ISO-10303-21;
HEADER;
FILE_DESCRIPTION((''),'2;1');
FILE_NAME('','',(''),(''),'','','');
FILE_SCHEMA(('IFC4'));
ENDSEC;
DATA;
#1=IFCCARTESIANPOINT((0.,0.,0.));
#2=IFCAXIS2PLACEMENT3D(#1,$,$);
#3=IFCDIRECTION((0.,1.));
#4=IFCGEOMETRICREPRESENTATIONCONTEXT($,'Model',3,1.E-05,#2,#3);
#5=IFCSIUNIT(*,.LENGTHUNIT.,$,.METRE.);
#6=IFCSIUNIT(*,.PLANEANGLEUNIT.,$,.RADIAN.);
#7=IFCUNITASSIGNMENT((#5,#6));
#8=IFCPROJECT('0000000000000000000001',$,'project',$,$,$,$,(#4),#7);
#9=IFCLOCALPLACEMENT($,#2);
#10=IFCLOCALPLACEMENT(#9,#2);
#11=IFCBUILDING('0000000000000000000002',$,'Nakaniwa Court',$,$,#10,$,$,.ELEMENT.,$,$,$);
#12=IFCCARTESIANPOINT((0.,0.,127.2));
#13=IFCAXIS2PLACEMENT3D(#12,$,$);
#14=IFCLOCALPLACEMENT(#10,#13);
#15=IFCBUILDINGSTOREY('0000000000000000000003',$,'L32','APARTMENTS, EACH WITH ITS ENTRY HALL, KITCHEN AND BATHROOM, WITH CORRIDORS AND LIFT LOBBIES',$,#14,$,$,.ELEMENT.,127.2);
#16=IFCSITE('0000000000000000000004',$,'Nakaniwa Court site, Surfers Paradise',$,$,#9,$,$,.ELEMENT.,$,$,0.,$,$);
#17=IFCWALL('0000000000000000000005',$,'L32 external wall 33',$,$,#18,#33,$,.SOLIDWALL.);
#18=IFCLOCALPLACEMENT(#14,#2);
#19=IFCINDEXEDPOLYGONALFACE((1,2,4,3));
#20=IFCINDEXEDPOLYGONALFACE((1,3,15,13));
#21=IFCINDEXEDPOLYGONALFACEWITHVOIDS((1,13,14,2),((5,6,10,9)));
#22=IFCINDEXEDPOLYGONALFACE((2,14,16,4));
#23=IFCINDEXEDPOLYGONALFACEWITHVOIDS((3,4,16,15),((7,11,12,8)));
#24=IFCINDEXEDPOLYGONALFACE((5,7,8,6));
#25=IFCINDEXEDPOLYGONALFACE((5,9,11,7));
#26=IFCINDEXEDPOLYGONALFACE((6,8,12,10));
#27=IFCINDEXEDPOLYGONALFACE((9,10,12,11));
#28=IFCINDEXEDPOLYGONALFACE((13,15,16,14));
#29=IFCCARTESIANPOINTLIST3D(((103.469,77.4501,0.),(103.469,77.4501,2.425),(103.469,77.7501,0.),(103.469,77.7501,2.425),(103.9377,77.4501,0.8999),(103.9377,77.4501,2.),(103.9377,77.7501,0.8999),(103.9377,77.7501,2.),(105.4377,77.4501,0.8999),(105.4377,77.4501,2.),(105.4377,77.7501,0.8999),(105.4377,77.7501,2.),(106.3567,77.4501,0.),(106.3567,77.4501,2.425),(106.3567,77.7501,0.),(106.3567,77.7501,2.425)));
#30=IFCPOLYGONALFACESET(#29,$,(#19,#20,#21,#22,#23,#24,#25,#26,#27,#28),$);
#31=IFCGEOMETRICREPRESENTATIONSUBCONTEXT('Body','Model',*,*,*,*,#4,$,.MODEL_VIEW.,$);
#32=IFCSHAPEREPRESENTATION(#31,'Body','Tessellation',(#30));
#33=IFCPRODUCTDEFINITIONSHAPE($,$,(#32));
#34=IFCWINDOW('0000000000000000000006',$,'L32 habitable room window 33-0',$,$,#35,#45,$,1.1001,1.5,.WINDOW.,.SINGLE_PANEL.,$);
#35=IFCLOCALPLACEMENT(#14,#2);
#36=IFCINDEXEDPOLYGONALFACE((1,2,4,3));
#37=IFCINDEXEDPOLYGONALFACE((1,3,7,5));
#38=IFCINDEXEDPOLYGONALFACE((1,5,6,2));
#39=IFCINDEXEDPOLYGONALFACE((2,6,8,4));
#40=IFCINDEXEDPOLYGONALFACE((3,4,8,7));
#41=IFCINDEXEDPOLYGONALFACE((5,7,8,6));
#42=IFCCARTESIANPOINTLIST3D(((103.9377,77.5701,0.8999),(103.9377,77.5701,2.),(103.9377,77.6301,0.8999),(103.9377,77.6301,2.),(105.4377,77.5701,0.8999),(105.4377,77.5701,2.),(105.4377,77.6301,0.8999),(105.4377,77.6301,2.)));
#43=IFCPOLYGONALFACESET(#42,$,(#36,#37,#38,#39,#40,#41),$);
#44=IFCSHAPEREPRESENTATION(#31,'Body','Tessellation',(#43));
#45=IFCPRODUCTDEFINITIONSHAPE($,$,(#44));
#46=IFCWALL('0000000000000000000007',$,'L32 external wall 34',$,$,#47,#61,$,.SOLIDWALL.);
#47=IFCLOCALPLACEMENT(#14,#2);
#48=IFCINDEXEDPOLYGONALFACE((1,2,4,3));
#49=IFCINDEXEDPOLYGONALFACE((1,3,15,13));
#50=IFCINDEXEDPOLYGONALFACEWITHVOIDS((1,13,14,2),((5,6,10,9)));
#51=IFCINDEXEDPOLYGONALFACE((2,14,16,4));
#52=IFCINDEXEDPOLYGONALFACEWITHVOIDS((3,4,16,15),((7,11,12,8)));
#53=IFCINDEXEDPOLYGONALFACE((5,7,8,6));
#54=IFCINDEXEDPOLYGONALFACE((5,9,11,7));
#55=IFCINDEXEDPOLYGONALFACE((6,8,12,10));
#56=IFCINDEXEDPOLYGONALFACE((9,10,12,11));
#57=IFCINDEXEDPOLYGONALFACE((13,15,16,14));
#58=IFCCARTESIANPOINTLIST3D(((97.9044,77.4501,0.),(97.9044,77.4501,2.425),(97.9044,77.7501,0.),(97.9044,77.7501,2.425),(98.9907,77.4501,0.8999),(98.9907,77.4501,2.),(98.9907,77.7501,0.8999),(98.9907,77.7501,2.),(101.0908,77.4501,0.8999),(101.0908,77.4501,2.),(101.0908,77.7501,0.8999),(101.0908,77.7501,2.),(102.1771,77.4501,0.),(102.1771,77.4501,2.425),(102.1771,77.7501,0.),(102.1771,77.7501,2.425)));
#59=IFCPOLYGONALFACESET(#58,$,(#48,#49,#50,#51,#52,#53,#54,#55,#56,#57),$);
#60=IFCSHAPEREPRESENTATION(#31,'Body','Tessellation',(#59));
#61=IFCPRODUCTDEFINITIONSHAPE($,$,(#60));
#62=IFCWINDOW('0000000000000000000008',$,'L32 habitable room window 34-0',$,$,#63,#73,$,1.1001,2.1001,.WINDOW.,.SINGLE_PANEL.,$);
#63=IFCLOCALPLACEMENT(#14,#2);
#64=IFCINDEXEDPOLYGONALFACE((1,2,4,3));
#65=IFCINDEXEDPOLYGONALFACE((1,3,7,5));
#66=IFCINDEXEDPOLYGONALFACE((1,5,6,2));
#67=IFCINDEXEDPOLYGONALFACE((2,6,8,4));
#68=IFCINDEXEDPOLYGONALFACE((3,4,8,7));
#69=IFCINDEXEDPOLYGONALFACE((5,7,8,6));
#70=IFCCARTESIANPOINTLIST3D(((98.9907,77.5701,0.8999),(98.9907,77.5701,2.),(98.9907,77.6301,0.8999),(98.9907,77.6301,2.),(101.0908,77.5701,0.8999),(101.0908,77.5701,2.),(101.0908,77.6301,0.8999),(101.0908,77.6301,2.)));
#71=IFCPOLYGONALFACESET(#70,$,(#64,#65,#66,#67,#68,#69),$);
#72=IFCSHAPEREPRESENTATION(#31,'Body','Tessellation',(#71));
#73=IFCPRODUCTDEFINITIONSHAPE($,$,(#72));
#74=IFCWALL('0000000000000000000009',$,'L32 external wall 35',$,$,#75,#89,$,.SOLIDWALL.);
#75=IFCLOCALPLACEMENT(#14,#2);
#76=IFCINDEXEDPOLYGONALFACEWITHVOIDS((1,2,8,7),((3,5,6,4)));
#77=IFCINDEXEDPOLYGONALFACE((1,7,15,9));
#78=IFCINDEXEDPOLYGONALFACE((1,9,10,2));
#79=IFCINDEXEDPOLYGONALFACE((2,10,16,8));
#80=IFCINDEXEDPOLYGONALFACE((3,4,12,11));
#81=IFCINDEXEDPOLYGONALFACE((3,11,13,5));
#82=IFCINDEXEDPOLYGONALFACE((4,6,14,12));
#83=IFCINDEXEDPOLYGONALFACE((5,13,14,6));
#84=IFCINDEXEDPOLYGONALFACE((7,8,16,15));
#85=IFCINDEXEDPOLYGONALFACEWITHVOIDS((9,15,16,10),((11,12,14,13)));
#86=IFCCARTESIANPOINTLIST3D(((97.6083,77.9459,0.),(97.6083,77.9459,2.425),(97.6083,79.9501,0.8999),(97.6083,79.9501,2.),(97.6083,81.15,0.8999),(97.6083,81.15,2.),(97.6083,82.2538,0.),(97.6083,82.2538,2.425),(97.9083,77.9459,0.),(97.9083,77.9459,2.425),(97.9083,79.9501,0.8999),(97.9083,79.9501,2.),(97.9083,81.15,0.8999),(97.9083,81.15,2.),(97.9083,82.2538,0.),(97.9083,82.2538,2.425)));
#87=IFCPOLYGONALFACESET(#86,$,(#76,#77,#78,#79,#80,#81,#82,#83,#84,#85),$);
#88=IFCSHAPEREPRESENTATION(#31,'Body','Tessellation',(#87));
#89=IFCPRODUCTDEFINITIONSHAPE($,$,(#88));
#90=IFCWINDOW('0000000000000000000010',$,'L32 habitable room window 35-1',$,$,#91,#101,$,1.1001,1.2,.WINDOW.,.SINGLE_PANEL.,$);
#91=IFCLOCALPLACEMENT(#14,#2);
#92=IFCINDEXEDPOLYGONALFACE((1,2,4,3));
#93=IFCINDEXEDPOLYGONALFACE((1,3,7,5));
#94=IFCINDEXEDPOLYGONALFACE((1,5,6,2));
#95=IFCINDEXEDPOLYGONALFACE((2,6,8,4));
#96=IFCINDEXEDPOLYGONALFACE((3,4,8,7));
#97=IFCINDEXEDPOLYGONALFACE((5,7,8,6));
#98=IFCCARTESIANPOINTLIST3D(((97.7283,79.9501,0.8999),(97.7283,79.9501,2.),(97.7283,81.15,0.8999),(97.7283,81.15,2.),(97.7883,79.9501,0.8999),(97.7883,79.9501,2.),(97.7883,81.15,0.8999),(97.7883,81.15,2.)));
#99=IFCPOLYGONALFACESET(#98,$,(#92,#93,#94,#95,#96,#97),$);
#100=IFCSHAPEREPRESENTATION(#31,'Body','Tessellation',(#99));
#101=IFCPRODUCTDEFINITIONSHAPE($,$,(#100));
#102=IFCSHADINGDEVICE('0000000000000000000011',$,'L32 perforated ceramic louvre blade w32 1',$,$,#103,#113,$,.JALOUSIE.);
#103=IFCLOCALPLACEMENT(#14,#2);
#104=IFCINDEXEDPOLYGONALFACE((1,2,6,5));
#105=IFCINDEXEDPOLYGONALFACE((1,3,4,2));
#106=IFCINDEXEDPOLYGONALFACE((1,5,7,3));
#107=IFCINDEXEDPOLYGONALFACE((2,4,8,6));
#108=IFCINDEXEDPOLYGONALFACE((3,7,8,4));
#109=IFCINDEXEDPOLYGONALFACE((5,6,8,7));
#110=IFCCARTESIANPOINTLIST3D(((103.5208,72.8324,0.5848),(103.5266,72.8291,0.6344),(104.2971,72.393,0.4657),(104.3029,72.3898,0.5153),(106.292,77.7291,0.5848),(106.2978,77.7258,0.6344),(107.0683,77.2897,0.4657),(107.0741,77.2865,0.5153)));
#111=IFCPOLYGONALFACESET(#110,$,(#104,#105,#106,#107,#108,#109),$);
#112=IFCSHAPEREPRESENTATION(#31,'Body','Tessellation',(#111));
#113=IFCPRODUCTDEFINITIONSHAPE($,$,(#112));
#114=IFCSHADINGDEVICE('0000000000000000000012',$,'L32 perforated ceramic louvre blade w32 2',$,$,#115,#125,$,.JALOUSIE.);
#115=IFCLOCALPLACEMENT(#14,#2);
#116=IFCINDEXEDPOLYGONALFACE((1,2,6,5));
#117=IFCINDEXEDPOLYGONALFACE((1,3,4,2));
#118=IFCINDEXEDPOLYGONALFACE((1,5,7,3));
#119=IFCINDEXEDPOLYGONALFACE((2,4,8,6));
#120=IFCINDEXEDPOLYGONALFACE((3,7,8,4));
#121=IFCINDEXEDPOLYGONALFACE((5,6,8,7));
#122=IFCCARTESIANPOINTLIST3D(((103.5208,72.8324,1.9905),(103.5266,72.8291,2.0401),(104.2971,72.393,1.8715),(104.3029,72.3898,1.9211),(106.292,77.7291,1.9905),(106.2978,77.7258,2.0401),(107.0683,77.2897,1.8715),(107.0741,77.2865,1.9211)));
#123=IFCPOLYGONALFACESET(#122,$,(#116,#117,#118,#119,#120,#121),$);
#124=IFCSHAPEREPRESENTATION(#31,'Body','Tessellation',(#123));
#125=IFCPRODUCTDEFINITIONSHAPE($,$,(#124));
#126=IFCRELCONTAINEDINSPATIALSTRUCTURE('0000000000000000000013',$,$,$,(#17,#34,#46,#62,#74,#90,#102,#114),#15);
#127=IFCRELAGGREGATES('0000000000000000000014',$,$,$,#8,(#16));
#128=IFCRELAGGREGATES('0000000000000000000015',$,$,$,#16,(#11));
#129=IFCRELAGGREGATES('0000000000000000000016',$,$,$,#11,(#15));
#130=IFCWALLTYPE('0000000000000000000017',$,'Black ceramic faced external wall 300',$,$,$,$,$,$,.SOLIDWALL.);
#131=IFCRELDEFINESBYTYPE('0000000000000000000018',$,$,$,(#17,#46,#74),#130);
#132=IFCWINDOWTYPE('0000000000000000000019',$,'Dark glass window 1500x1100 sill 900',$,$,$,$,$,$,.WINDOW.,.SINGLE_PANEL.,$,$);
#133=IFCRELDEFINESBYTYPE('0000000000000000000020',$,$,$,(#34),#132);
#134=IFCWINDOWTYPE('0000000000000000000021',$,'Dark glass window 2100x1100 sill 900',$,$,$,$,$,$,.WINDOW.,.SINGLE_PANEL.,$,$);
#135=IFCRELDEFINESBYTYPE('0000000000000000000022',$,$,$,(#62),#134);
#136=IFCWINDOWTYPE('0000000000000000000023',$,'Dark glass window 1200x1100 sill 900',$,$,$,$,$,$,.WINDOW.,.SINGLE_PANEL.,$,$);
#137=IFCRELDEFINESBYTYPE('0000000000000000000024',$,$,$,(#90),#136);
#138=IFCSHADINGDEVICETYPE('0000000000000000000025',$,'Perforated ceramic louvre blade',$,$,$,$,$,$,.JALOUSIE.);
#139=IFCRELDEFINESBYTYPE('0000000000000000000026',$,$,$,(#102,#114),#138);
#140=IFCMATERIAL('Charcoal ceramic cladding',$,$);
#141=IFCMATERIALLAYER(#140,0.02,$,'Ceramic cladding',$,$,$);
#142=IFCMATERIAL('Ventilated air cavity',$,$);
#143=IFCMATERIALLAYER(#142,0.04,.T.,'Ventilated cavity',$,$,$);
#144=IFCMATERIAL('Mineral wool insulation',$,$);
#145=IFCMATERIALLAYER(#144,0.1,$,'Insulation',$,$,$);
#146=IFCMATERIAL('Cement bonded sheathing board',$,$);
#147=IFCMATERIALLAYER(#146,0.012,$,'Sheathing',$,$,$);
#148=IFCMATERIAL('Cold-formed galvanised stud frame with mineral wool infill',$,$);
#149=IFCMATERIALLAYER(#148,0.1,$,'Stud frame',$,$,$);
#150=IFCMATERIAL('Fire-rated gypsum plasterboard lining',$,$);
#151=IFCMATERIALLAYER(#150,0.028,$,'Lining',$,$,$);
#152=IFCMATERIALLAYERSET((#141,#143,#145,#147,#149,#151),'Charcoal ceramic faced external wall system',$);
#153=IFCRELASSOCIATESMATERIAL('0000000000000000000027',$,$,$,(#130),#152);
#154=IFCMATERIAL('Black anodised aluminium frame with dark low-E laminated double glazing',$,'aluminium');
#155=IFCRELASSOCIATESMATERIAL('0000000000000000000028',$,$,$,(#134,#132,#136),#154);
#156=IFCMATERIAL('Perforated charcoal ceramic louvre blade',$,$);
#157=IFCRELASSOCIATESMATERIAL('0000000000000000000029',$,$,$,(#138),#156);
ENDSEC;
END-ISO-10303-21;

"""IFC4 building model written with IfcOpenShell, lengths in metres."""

from ifc_helpers import new_model, si_unit, direction, frame, frame_2d, origin, origin_2d, place, context, subcontext, project, spatial, rectangle, extrude, material, layer, layer_set, material_profile, profile_set, type_object, element, fill, save


model = new_model("IFC4")

# Units and contexts
model_context = context("Model", 3, precision=1e-05, world=origin(), true_north=direction((0.0, 1.0)))
body_context = subcontext(model_context, "Body", "Model", "MODEL_VIEW")
ifc_project = project(units=[si_unit("LENGTHUNIT", "METRE"), si_unit("PLANEANGLEUNIT", "RADIAN")], contexts=[model_context])

# Site, building, storey
site_placement = place(None, origin())
site = spatial("IfcSite", under=ifc_project, at=site_placement, Name="Nakaniwa Court site, Surfers Paradise", CompositionType="ELEMENT", RefElevation=0.0)
building_placement = place(site_placement, origin())
building = spatial("IfcBuilding", under=site, at=building_placement, Name="Nakaniwa Court", CompositionType="ELEMENT")
storey_placement = place(building_placement, frame((0.0, 0.0, 127.2)))
storey = spatial("IfcBuildingStorey", under=building, at=storey_placement, Name="L32", Description="APARTMENTS, EACH WITH ITS ENTRY HALL, KITCHEN AND BATHROOM, WITH CORRIDORS AND LIFT LOBBIES", CompositionType="ELEMENT", Elevation=127.2)

# Shared definitions
ifc_material_1 = material(Name="Charcoal ceramic cladding")
ifc_layer_1 = layer(ifc_material_1, 0.02, Name="Ceramic cladding")
ifc_material_2 = material(Name="Ventilated air cavity")
ifc_layer_2 = layer(ifc_material_2, 0.04, ventilated=True, Name="Ventilated cavity")
ifc_material_3 = material(Name="Mineral wool insulation")
ifc_layer_3 = layer(ifc_material_3, 0.1, Name="Insulation")
ifc_material_4 = material(Name="Cement bonded sheathing board")
ifc_layer_4 = layer(ifc_material_4, 0.012, Name="Sheathing")
ifc_material_5 = material(Name="Cold-formed galvanised stud frame with mineral wool infill")
ifc_layer_5 = layer(ifc_material_5, 0.1, Name="Stud frame")
ifc_material_6 = material(Name="Fire-rated gypsum plasterboard lining")
ifc_layer_6 = layer(ifc_material_6, 0.028, Name="Lining")
ifc_layer_set = layer_set([ifc_layer_1, ifc_layer_2, ifc_layer_3, ifc_layer_4, ifc_layer_5, ifc_layer_6], Name="Charcoal ceramic faced external wall system")
wall_type = type_object("IfcWallType", Name="Black ceramic faced external wall 300", PredefinedType="SOLIDWALL", material=ifc_layer_set)
ifc_material_7 = material(Name="Black anodised aluminium frame with dark low-E laminated double glazing", Category="aluminium")
window_type_1 = type_object("IfcWindowType", Name="Dark glass window 2100x1100 sill 900", PartitioningType="SINGLE_PANEL", PredefinedType="WINDOW", material=ifc_material_7)

# Shared definitions
window_type_2 = type_object("IfcWindowType", Name="Dark glass window 1500x1100 sill 900", PartitioningType="SINGLE_PANEL", PredefinedType="WINDOW", material=ifc_material_7)

# Walls, openings, windows
wall_1_placement = place(storey_placement, frame((106.3567, 77.6001, 0.0), z_axis=(0.0, 0.0, 1.0), x_axis=(-1.0, 0.0, 0.0)))
wall_1 = element("IfcWall", 1, at=wall_1_placement, inside=storey, type_object=wall_type, Name="L32 external wall 33", PredefinedType="SOLIDWALL", context=body_context, shape_type="SweptSolid", body=[
    extrude(rectangle(XDim=2.8877, YDim=0.3, at=frame_2d((1.4438, 0.0))), origin(), (0.0, 0.0, 1.0), 2.425),
])
opening_1_placement = place(wall_1_placement, frame((0.9189, 0.0, 0.8999)))
opening_1 = element("IfcOpeningElement", 2, at=opening_1_placement, cuts=wall_1, PredefinedType="OPENING", context=body_context, shape_type="SweptSolid", body=[
    extrude(rectangle(XDim=1.5, YDim=1.1001, at=frame_2d((0.75, 0.55))), frame((0.0, 0.1599, 0.0), z_axis=(0.0, -1.0, 0.0), x_axis=(1.0, 0.0, 0.0)), (0.0, 0.0, 1.0), 0.3201),
])
window_1_placement = place(opening_1_placement, origin())
window_1 = element("IfcWindow", 3, at=window_1_placement, inside=storey, type_object=window_type_2, Name="L32 habitable room window 33-0", OverallHeight=1.1001, OverallWidth=1.5, PartitioningType="SINGLE_PANEL", PredefinedType="WINDOW", context=body_context, shape_type="SweptSolid", body=[
    extrude(rectangle(XDim=1.5, YDim=1.1001, at=frame_2d((0.75, 0.55))), frame((0.0, 0.03, 0.0), z_axis=(0.0, -1.0, 0.0), x_axis=(1.0, 0.0, 0.0)), (0.0, 0.0, 1.0), 0.0601),
])
fill(opening_1, window_1)
wall_2_placement = place(storey_placement, frame((102.177, 77.6001, 0.0), z_axis=(0.0, 0.0, 1.0), x_axis=(-1.0, 0.0, 0.0)))
wall_2 = element("IfcWall", 4, at=wall_2_placement, inside=storey, type_object=wall_type, Name="L32 external wall 34", PredefinedType="SOLIDWALL", context=body_context, shape_type="SweptSolid", body=[
    extrude(rectangle(XDim=4.2727, YDim=0.3, at=frame_2d((2.1362, 0.0))), origin(), (0.0, 0.0, 1.0), 2.425),
])
opening_2_placement = place(wall_2_placement, frame((1.0862, 0.0, 0.8999)))
opening_2 = element("IfcOpeningElement", 5, at=opening_2_placement, cuts=wall_2, PredefinedType="OPENING", context=body_context, shape_type="SweptSolid", body=[
    extrude(rectangle(XDim=2.1001, YDim=1.1001, at=frame_2d((1.05, 0.55))), frame((0.0, 0.1599, 0.0), z_axis=(0.0, -1.0, 0.0), x_axis=(1.0, 0.0, 0.0)), (0.0, 0.0, 1.0), 0.3201),
])
window_2_placement = place(opening_2_placement, origin())
window_2 = element("IfcWindow", 6, at=window_2_placement, inside=storey, type_object=window_type_1, Name="L32 habitable room window 34-0", OverallHeight=1.1001, OverallWidth=2.1001, PartitioningType="SINGLE_PANEL", PredefinedType="WINDOW", context=body_context, shape_type="SweptSolid", body=[
    extrude(rectangle(XDim=2.1001, YDim=1.1001, at=frame_2d((1.05, 0.55))), frame((0.0, 0.03, 0.0), z_axis=(0.0, -1.0, 0.0), x_axis=(1.0, 0.0, 0.0)), (0.0, 0.0, 1.0), 0.0601),
])
fill(opening_2, window_2)
wall_3_placement = place(storey_placement, frame((97.7583, 77.946, 0.0), z_axis=(0.0, 0.0, 1.0), x_axis=(0.0, 1.0, 0.0)))
wall_3 = element("IfcWall", 7, at=wall_3_placement, inside=storey, type_object=wall_type, Name="L32 external wall 35", PredefinedType="SOLIDWALL", context=body_context, shape_type="SweptSolid", body=[
    extrude(rectangle(XDim=4.3079, YDim=0.3, at=frame_2d((2.1538, 0.0))), origin(), (0.0, 0.0, 1.0), 2.425),
])
opening_3_placement = place(wall_3_placement, frame((2.0039, 0.0, 0.8999)))
opening_3 = element("IfcOpeningElement", 8, at=opening_3_placement, cuts=wall_3, PredefinedType="OPENING", context=body_context, shape_type="SweptSolid", body=[
    extrude(rectangle(XDim=1.2, YDim=1.1001, at=frame_2d((0.6001, 0.55))), frame((0.0, 0.1599, 0.0), z_axis=(0.0, -1.0, 0.0), x_axis=(1.0, 0.0, 0.0)), (0.0, 0.0, 1.0), 0.3201),
])
window_type_3 = type_object("IfcWindowType", Name="Dark glass window 1200x1100 sill 900", PartitioningType="SINGLE_PANEL", PredefinedType="WINDOW", material=ifc_material_7)
window_3_placement = place(opening_3_placement, origin())
window_3 = element("IfcWindow", 9, at=window_3_placement, inside=storey, type_object=window_type_3, Name="L32 habitable room window 35-1", OverallHeight=1.1001, OverallWidth=1.2, PartitioningType="SINGLE_PANEL", PredefinedType="WINDOW", context=body_context, shape_type="SweptSolid", body=[
    extrude(rectangle(XDim=1.2, YDim=1.1001, at=frame_2d((0.6001, 0.55))), frame((0.0, 0.03, 0.0), z_axis=(0.0, -1.0, 0.0), x_axis=(1.0, 0.0, 0.0)), (0.0, 0.0, 1.0), 0.0601),
])
fill(opening_3, window_3)

# Shading devices
ifc_material_8 = material(Name="Perforated charcoal ceramic louvre blade")
ifc_material_profile_1 = material_profile(ifc_material_8, rectangle(XDim=0.8999, YDim=0.05, at=origin_2d()), Name="Perforated ceramic louvre blade")
ifc_profile_set_1 = profile_set([ifc_material_profile_1], Name="Perforated charcoal ceramic louvre blade")
shading_device_type = type_object("IfcShadingDeviceType", Name="Perforated ceramic louvre blade", PredefinedType="JALOUSIE", material=ifc_profile_set_1)
for number, where, z_axis, x_axis, name in (
    (10, (103.9119, 72.6111, 0.55), (0.492532, 0.870294, 0.0), (-0.862649, 0.488205, 0.132256), "L32 perforated ceramic louvre blade w32 1"),
    (11, (103.9119, 72.6111, 1.9558), (0.492532, 0.870294, 0.0), (-0.862649, 0.488205, 0.132256), "L32 perforated ceramic louvre blade w32 2"),
):
    element("IfcShadingDevice", number, at=place(storey_placement, frame(where, z_axis=z_axis, x_axis=x_axis)), inside=storey, type_object=shading_device_type, Name=name, PredefinedType="JALOUSIE", context=body_context, shape_type="SweptSolid", body=[
        extrude(rectangle(XDim=0.8999, YDim=0.05, at=origin_2d()), origin(), (0.0, 0.0, 1.0), 5.6265),
    ])

save(model, "model.ifc")
